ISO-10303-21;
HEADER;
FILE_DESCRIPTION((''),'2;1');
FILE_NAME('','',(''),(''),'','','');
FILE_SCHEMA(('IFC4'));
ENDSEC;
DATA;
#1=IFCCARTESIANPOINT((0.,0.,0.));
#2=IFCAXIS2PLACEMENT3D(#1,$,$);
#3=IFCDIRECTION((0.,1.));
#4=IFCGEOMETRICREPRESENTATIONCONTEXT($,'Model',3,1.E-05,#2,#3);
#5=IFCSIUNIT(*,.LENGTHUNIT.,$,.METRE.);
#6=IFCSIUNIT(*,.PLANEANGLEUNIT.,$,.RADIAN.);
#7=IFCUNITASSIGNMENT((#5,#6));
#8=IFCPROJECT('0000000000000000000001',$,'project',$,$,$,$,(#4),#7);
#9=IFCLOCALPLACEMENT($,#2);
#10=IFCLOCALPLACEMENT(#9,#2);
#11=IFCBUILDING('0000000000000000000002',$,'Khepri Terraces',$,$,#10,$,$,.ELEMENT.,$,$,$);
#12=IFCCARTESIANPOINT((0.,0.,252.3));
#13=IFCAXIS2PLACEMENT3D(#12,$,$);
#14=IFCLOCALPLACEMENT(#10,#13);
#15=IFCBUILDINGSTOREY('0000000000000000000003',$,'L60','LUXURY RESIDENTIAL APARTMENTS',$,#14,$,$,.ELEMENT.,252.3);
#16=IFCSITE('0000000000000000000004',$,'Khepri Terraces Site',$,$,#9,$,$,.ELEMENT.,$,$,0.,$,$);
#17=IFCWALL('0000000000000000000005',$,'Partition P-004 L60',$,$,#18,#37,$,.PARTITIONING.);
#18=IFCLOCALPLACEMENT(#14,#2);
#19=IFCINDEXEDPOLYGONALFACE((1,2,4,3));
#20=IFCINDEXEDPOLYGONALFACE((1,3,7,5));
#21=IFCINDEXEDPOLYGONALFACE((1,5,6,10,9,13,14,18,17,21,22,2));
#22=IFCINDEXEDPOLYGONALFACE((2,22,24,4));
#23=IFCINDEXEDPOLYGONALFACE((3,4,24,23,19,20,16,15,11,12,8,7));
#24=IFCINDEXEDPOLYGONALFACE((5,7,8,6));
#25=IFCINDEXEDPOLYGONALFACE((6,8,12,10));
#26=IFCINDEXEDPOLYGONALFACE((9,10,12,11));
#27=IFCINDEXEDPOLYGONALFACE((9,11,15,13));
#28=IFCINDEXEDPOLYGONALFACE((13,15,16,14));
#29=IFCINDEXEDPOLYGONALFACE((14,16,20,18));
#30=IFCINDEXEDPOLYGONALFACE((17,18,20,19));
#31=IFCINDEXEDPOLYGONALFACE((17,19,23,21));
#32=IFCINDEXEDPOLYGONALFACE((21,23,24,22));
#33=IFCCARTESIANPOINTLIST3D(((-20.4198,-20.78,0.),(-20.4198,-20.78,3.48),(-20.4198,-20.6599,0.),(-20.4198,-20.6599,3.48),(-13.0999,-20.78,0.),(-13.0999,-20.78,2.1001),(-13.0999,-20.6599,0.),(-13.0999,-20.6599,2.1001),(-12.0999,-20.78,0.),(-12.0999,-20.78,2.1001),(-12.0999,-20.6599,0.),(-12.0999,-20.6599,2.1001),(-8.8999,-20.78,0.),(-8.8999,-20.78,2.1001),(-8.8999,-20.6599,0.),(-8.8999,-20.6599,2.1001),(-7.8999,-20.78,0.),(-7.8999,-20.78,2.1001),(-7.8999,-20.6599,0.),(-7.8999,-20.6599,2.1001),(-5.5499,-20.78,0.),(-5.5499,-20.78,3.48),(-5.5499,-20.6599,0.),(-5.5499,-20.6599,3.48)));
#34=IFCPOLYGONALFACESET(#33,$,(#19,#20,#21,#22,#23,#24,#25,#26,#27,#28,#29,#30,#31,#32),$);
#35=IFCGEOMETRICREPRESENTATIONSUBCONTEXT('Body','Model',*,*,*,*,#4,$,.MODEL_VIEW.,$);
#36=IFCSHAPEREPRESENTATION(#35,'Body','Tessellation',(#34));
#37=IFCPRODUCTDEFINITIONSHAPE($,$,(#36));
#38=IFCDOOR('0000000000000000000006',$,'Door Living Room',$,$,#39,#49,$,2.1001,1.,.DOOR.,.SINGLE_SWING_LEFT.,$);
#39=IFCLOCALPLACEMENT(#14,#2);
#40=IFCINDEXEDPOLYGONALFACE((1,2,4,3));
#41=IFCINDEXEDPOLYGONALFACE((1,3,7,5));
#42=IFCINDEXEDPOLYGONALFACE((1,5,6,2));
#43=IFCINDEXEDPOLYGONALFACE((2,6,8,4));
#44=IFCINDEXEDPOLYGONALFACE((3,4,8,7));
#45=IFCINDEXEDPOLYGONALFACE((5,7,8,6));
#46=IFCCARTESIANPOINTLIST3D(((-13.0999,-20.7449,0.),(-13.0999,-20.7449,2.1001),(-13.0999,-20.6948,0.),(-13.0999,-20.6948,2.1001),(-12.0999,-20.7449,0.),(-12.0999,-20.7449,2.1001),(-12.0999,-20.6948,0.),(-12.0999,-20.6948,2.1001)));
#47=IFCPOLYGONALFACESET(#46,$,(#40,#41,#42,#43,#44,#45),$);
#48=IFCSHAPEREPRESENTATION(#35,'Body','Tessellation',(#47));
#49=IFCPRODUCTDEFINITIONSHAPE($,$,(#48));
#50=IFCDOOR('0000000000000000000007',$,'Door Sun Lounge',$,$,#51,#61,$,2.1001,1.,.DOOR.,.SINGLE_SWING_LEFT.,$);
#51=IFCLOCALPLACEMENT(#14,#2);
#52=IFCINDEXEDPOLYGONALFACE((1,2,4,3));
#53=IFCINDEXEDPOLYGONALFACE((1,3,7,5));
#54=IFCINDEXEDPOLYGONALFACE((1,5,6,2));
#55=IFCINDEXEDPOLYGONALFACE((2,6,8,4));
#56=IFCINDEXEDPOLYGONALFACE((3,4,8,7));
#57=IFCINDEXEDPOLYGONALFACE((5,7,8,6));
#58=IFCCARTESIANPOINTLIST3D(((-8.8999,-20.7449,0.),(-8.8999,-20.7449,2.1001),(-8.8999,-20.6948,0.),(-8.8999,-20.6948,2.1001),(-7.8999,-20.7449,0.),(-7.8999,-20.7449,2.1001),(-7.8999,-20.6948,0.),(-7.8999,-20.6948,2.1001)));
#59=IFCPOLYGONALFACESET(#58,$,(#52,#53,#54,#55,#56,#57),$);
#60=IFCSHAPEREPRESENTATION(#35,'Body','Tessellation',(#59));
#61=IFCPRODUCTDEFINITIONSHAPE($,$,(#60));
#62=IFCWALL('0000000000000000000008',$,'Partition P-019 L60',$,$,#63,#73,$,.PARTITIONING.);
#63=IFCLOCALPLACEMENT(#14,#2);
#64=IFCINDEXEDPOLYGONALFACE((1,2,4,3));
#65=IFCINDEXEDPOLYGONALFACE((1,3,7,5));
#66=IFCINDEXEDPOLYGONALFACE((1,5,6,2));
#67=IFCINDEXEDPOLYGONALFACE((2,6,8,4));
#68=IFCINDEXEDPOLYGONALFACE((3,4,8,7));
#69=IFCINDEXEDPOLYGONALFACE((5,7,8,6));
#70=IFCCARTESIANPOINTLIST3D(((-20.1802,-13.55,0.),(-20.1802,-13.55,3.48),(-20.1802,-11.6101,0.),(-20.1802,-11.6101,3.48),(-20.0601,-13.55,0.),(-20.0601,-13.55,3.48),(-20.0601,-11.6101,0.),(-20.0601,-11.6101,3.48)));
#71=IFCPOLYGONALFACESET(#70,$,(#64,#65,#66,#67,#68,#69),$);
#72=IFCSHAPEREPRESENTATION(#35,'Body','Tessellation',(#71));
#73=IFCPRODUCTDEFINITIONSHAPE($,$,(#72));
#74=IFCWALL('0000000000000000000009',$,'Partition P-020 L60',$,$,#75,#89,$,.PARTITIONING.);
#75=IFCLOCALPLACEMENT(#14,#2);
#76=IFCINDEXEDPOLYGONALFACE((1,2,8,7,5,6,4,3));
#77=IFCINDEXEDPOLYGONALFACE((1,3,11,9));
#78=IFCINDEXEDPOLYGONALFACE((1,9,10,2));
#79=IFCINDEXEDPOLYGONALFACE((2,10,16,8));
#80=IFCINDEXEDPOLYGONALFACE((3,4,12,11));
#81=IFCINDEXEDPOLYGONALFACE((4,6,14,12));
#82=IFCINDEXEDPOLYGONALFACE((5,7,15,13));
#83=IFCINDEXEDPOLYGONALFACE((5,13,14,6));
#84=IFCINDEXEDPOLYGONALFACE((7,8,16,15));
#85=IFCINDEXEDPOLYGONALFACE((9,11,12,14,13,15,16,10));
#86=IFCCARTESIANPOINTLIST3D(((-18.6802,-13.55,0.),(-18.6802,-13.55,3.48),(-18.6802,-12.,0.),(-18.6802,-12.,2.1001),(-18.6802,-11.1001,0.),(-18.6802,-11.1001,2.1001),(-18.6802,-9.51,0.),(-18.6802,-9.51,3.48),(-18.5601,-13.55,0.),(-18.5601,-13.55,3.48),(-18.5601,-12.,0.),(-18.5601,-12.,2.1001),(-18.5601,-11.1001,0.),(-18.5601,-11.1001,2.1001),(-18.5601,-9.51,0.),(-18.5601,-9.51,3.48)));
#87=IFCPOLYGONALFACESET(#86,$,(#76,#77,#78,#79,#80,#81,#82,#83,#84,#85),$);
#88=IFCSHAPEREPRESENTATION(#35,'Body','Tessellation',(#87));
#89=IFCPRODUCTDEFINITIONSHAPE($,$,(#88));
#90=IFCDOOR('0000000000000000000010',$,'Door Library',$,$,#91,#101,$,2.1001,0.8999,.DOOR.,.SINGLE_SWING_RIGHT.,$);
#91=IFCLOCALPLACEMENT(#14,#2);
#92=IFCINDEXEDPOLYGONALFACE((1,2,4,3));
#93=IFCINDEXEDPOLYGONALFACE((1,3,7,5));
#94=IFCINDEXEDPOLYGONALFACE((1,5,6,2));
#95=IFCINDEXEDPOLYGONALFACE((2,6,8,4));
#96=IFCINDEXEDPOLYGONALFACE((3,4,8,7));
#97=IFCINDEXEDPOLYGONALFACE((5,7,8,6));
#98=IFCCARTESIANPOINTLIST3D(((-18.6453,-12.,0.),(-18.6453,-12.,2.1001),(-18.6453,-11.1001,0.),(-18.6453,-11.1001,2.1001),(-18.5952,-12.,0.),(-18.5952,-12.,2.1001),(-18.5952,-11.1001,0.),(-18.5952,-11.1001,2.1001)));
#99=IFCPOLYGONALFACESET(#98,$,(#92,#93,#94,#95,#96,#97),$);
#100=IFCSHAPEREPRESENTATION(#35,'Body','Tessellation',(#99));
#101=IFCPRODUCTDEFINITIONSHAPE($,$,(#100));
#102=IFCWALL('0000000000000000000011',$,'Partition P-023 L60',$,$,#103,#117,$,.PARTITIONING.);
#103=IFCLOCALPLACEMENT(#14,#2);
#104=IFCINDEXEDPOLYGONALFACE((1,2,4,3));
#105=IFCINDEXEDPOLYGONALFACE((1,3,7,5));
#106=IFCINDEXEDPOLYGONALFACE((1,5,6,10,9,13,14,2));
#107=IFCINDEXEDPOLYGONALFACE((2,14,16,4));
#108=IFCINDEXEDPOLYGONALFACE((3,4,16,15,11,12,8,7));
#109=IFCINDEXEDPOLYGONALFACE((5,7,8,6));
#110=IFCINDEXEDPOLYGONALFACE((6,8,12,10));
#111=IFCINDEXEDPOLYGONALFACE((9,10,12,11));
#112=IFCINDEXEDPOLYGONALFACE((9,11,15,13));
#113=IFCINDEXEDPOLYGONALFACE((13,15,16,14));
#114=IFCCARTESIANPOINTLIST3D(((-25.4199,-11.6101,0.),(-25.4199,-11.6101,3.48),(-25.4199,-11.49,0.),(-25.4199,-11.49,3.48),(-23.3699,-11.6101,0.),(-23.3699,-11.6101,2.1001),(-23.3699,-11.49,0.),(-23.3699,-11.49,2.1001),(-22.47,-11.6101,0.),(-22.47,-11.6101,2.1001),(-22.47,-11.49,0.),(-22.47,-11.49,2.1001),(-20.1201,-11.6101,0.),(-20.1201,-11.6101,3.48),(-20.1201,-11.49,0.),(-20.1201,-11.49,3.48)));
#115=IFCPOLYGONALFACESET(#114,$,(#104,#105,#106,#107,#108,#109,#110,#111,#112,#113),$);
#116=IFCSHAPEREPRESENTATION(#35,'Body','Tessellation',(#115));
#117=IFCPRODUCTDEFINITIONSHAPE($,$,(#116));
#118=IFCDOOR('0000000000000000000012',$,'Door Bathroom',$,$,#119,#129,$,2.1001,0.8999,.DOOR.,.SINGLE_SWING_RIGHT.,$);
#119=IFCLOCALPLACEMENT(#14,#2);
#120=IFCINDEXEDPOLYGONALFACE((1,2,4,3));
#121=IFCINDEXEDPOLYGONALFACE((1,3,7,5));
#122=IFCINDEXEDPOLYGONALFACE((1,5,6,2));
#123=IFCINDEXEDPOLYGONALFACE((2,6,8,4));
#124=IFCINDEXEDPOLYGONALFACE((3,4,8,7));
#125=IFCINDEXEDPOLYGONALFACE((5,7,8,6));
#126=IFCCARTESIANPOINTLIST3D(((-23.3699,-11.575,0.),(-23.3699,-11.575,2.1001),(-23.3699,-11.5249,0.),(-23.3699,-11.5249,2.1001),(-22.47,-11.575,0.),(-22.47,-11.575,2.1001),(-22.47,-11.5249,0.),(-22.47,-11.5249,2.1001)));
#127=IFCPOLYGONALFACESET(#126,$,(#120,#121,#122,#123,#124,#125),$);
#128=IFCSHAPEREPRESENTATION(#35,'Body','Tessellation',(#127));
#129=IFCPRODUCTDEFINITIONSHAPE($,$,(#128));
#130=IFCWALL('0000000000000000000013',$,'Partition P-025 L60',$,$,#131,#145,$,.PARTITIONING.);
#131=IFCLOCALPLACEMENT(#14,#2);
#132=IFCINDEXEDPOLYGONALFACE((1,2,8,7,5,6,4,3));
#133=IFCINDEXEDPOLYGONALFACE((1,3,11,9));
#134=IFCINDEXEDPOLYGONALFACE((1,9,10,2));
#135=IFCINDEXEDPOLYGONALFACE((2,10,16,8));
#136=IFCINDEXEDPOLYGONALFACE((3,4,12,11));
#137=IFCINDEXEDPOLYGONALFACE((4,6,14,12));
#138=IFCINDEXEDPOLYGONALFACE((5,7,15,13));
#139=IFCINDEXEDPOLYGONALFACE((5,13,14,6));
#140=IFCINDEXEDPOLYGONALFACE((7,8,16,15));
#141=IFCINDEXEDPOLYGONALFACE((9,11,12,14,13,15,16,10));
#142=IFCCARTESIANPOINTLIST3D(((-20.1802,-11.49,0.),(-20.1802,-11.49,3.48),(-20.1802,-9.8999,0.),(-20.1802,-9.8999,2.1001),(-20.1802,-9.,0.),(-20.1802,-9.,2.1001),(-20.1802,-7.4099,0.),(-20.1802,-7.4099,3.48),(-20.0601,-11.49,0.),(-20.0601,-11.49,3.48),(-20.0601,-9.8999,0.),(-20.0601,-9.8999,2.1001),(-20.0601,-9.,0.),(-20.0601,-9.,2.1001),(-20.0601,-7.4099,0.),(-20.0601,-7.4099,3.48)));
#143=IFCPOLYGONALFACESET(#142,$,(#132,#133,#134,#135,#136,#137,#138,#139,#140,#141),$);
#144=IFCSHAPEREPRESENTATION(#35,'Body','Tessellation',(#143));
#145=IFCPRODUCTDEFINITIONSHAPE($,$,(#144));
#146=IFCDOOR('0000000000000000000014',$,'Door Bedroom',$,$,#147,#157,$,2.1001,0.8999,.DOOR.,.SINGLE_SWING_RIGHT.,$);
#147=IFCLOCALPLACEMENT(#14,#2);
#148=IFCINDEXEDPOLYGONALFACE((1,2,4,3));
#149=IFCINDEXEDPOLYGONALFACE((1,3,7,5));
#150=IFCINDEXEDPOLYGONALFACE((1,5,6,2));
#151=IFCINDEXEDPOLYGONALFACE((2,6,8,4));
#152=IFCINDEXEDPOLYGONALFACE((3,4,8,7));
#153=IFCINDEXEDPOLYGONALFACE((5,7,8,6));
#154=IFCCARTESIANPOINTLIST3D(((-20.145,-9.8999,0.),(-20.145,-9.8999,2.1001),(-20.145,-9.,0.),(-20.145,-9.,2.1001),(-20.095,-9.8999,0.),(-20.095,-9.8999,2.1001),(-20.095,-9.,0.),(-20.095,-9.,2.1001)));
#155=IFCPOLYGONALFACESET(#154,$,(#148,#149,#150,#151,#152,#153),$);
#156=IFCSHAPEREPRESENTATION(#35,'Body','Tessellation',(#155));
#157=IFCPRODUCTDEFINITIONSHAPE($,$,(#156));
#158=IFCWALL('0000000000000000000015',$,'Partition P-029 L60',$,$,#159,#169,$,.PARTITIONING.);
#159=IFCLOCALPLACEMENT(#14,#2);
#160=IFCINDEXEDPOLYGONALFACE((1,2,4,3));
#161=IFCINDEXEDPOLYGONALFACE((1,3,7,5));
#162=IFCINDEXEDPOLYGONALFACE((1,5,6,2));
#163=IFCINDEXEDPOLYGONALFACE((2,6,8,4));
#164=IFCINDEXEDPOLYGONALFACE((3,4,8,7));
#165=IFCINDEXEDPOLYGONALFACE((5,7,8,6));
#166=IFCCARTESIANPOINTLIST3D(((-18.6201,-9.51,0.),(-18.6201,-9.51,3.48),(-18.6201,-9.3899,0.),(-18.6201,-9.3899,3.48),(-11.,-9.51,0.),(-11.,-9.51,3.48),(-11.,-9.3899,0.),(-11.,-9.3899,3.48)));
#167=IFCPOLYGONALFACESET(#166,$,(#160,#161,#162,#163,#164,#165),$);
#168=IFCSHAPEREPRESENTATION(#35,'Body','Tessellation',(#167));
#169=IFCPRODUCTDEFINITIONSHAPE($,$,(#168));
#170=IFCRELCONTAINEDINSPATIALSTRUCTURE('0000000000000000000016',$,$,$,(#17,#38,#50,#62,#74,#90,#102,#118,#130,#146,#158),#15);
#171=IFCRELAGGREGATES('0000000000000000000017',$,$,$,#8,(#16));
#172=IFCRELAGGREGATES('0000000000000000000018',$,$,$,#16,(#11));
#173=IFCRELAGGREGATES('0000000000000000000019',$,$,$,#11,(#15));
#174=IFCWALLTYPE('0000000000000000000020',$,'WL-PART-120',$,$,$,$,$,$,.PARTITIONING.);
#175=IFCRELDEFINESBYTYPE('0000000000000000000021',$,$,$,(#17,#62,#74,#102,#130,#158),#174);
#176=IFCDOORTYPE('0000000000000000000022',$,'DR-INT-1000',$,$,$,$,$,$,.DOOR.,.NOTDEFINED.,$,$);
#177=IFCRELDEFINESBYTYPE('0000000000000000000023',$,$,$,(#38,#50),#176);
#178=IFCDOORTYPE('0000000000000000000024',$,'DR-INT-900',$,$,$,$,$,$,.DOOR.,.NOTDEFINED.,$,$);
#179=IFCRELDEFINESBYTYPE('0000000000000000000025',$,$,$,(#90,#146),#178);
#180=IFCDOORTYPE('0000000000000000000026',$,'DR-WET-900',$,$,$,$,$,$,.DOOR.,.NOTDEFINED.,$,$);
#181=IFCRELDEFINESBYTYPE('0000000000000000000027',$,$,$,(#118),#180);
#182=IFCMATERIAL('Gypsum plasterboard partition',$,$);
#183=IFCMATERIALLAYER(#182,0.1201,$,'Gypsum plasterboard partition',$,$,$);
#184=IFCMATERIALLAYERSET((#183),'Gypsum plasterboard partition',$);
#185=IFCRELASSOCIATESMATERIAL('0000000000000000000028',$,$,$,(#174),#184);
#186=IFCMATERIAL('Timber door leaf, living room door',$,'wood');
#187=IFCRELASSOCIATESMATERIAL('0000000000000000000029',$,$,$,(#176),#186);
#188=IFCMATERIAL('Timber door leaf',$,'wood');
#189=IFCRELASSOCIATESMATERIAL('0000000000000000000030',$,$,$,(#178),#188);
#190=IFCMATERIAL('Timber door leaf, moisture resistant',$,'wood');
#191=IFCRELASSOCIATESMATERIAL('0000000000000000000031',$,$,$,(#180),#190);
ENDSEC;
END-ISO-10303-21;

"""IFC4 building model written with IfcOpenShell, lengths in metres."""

from ifc_helpers import new_model, si_unit, direction, frame, frame_2d, origin, place, context, subcontext, project, spatial, rectangle, extrude, material, layer, layer_set, type_object, element, fill, save


model = new_model("IFC4")

# Units and contexts
model_context = context("Model", 3, precision=1e-05, world=origin(), true_north=direction((0.0, 1.0)))
body_context = subcontext(model_context, "Body", "Model", "MODEL_VIEW")
ifc_project = project(units=[si_unit("LENGTHUNIT", "METRE"), si_unit("PLANEANGLEUNIT", "RADIAN")], contexts=[model_context])

# Site, building, storey
site_placement = place(None, origin())
site = spatial("IfcSite", under=ifc_project, at=site_placement, Name="Khepri Terraces Site", CompositionType="ELEMENT", RefElevation=0.0)
building_placement = place(site_placement, origin())
building = spatial("IfcBuilding", under=site, at=building_placement, Name="Khepri Terraces", CompositionType="ELEMENT")
storey_placement = place(building_placement, frame((0.0, 0.0, 252.3)))
storey = spatial("IfcBuildingStorey", under=building, at=storey_placement, Name="L60", Description="LUXURY RESIDENTIAL APARTMENTS", CompositionType="ELEMENT", Elevation=252.3)

# Wall, openings, doors
ifc_material_1 = material(Name="Gypsum plasterboard partition")
ifc_layer_1 = layer(ifc_material_1, 0.1201, Name="Gypsum plasterboard partition")
ifc_layer_set_1 = layer_set([ifc_layer_1], Name="Gypsum plasterboard partition")
wall_type_1 = type_object("IfcWallType", Name="WL-PART-120", PredefinedType="PARTITIONING", material=ifc_layer_set_1)
wall_1_placement = place(storey_placement, frame((-20.4199, -20.72, 0.0), z_axis=(0.0, 0.0, 1.0), x_axis=(1.0, 0.0, 0.0)))
wall_1 = element("IfcWall", 1, at=wall_1_placement, inside=storey, type_object=wall_type_1, Name="Partition P-004 L60", PredefinedType="PARTITIONING", context=body_context, shape_type="SweptSolid", body=[
    extrude(rectangle(XDim=14.8699, YDim=0.1201, at=frame_2d((7.4351, 0.0))), origin(), (0.0, 0.0, 1.0), 3.48),
])
opening_1_placement = place(wall_1_placement, frame((7.3201, 0.0, 0.0)))
opening_1 = element("IfcOpeningElement", 2, at=opening_1_placement, cuts=wall_1, PredefinedType="OPENING", context=body_context, shape_type="SweptSolid", body=[
    extrude(rectangle(XDim=1.0, YDim=2.1001, at=frame_2d((0.5, 1.05))), frame((0.0, 0.0701, 0.0), z_axis=(0.0, -1.0, 0.0), x_axis=(1.0, 0.0, 0.0)), (0.0, 0.0, 1.0), 0.1401),
])
opening_2_placement = place(wall_1_placement, frame((11.52, 0.0, 0.0)))
opening_2 = element("IfcOpeningElement", 3, at=opening_2_placement, cuts=wall_1, PredefinedType="OPENING", context=body_context, shape_type="SweptSolid", body=[
    extrude(rectangle(XDim=1.0, YDim=2.1001, at=frame_2d((0.5, 1.05))), frame((0.0, 0.0701, 0.0), z_axis=(0.0, -1.0, 0.0), x_axis=(1.0, 0.0, 0.0)), (0.0, 0.0, 1.0), 0.1401),
])
ifc_material_2 = material(Name="Timber door leaf, living room door", Category="wood")
door_type_1 = type_object("IfcDoorType", Name="DR-INT-1000", OperationType="NOTDEFINED", PredefinedType="DOOR", material=ifc_material_2)
door_1_placement = place(opening_1_placement, frame((1.0, 0.0, 0.0), z_axis=(0.0, 0.0, 1.0), x_axis=(-1.0, 0.0, 0.0)))
door_1 = element("IfcDoor", 4, at=door_1_placement, inside=storey, type_object=door_type_1, Name="Door Living Room", OperationType="SINGLE_SWING_LEFT", OverallHeight=2.1001, OverallWidth=1.0, PredefinedType="DOOR", context=body_context, shape_type="SweptSolid", body=[
    extrude(rectangle(XDim=1.0, YDim=2.1001, at=frame_2d((0.5, 1.05))), frame((0.0, 0.0249, 0.0), z_axis=(0.0, -1.0, 0.0), x_axis=(1.0, 0.0, 0.0)), (0.0, 0.0, 1.0), 0.05),
])
fill(opening_1, door_1)
door_2_placement = place(opening_2_placement, frame((1.0, 0.0, 0.0), z_axis=(0.0, 0.0, 1.0), x_axis=(-1.0, 0.0, 0.0)))
door_2 = element("IfcDoor", 5, at=door_2_placement, inside=storey, type_object=door_type_1, Name="Door Sun Lounge", OperationType="SINGLE_SWING_LEFT", OverallHeight=2.1001, OverallWidth=1.0, PredefinedType="DOOR", context=body_context, shape_type="SweptSolid", body=[
    extrude(rectangle(XDim=1.0, YDim=2.1001, at=frame_2d((0.5, 1.05))), frame((0.0, 0.0249, 0.0), z_axis=(0.0, -1.0, 0.0), x_axis=(1.0, 0.0, 0.0)), (0.0, 0.0, 1.0), 0.05),
])
fill(opening_2, door_2)

# Wall
wall_2_placement = place(storey_placement, frame((-20.1201, -13.55, 0.0), z_axis=(0.0, 0.0, 1.0), x_axis=(0.0, 1.0, 0.0)))
element("IfcWall", 6, at=wall_2_placement, inside=storey, type_object=wall_type_1, Name="Partition P-019 L60", PredefinedType="PARTITIONING", context=body_context, shape_type="SweptSolid", body=[
    extrude(rectangle(XDim=1.9399, YDim=0.1201, at=frame_2d((0.97, 0.0))), origin(), (0.0, 0.0, 1.0), 3.48),
])

# Walls, openings, doors
wall_3_placement = place(storey_placement, frame((-18.6201, -13.55, 0.0), z_axis=(0.0, 0.0, 1.0), x_axis=(0.0, 1.0, 0.0)))
wall_3 = element("IfcWall", 7, at=wall_3_placement, inside=storey, type_object=wall_type_1, Name="Partition P-020 L60", PredefinedType="PARTITIONING", context=body_context, shape_type="SweptSolid", body=[
    extrude(rectangle(XDim=4.04, YDim=0.1201, at=frame_2d((2.02, 0.0))), origin(), (0.0, 0.0, 1.0), 3.48),
])
opening_3_placement = place(wall_3_placement, frame((1.55, 0.0, 0.0)))
opening_3 = element("IfcOpeningElement", 8, at=opening_3_placement, cuts=wall_3, PredefinedType="OPENING", context=body_context, shape_type="SweptSolid", body=[
    extrude(rectangle(XDim=0.8999, YDim=2.1001, at=frame_2d((0.45, 1.05))), frame((0.0, 0.0701, 0.0), z_axis=(0.0, -1.0, 0.0), x_axis=(1.0, 0.0, 0.0)), (0.0, 0.0, 1.0), 0.1401),
])
ifc_material_3 = material(Name="Timber door leaf", Category="wood")
door_type_2 = type_object("IfcDoorType", Name="DR-INT-900", OperationType="NOTDEFINED", PredefinedType="DOOR", material=ifc_material_3)
door_3_placement = place(opening_3_placement, frame((0.8999, 0.0, 0.0), z_axis=(0.0, 0.0, 1.0), x_axis=(-1.0, 0.0, 0.0)))
door_3 = element("IfcDoor", 9, at=door_3_placement, inside=storey, type_object=door_type_2, Name="Door Library", OperationType="SINGLE_SWING_RIGHT", OverallHeight=2.1001, OverallWidth=0.8999, PredefinedType="DOOR", context=body_context, shape_type="SweptSolid", body=[
    extrude(rectangle(XDim=0.8999, YDim=2.1001, at=frame_2d((0.45, 1.05))), frame((0.0, 0.0249, 0.0), z_axis=(0.0, -1.0, 0.0), x_axis=(1.0, 0.0, 0.0)), (0.0, 0.0, 1.0), 0.05),
])
fill(opening_3, door_3)
wall_4_placement = place(storey_placement, frame((-25.4199, -11.55, 0.0), z_axis=(0.0, 0.0, 1.0), x_axis=(1.0, 0.0, 0.0)))
wall_4 = element("IfcWall", 10, at=wall_4_placement, inside=storey, type_object=wall_type_1, Name="Partition P-023 L60", PredefinedType="PARTITIONING", context=body_context, shape_type="SweptSolid", body=[
    extrude(rectangle(XDim=5.2998, YDim=0.1201, at=frame_2d((2.6499, 0.0))), origin(), (0.0, 0.0, 1.0), 3.48),
])
opening_4_placement = place(wall_4_placement, frame((2.05, 0.0, 0.0)))
opening_4 = element("IfcOpeningElement", 11, at=opening_4_placement, cuts=wall_4, PredefinedType="OPENING", context=body_context, shape_type="SweptSolid", body=[
    extrude(rectangle(XDim=0.8999, YDim=2.1001, at=frame_2d((0.45, 1.05))), frame((0.0, 0.0701, 0.0), z_axis=(0.0, -1.0, 0.0), x_axis=(1.0, 0.0, 0.0)), (0.0, 0.0, 1.0), 0.1401),
])
ifc_material_4 = material(Name="Timber door leaf, moisture resistant", Category="wood")
door_type_3 = type_object("IfcDoorType", Name="DR-WET-900", OperationType="NOTDEFINED", PredefinedType="DOOR", material=ifc_material_4)
door_4_placement = place(opening_4_placement, frame((0.8999, 0.0, 0.0), z_axis=(0.0, 0.0, 1.0), x_axis=(-1.0, 0.0, 0.0)))
door_4 = element("IfcDoor", 12, at=door_4_placement, inside=storey, type_object=door_type_3, Name="Door Bathroom", OperationType="SINGLE_SWING_RIGHT", OverallHeight=2.1001, OverallWidth=0.8999, PredefinedType="DOOR", context=body_context, shape_type="SweptSolid", body=[
    extrude(rectangle(XDim=0.8999, YDim=2.1001, at=frame_2d((0.45, 1.05))), frame((0.0, 0.0249, 0.0), z_axis=(0.0, -1.0, 0.0), x_axis=(1.0, 0.0, 0.0)), (0.0, 0.0, 1.0), 0.05),
])
fill(opening_4, door_4)
wall_5_placement = place(storey_placement, frame((-20.1201, -11.49, 0.0), z_axis=(0.0, 0.0, 1.0), x_axis=(0.0, 1.0, 0.0)))
wall_5 = element("IfcWall", 13, at=wall_5_placement, inside=storey, type_object=wall_type_1, Name="Partition P-025 L60", PredefinedType="PARTITIONING", context=body_context, shape_type="SweptSolid", body=[
    extrude(rectangle(XDim=4.0801, YDim=0.1201, at=frame_2d((2.04, 0.0))), origin(), (0.0, 0.0, 1.0), 3.48),
])
opening_5_placement = place(wall_5_placement, frame((1.5901, 0.0, 0.0)))
opening_5 = element("IfcOpeningElement", 14, at=opening_5_placement, cuts=wall_5, PredefinedType="OPENING", context=body_context, shape_type="SweptSolid", body=[
    extrude(rectangle(XDim=0.8999, YDim=2.1001, at=frame_2d((0.45, 1.05))), frame((0.0, 0.0701, 0.0), z_axis=(0.0, -1.0, 0.0), x_axis=(1.0, 0.0, 0.0)), (0.0, 0.0, 1.0), 0.1401),
])
door_5_placement = place(opening_5_placement, origin())
door_5 = element("IfcDoor", 15, at=door_5_placement, inside=storey, type_object=door_type_2, Name="Door Bedroom", OperationType="SINGLE_SWING_RIGHT", OverallHeight=2.1001, OverallWidth=0.8999, PredefinedType="DOOR", context=body_context, shape_type="SweptSolid", body=[
    extrude(rectangle(XDim=0.8999, YDim=2.1001, at=frame_2d((0.45, 1.05))), frame((0.0, 0.0249, 0.0), z_axis=(0.0, -1.0, 0.0), x_axis=(1.0, 0.0, 0.0)), (0.0, 0.0, 1.0), 0.05),
])
fill(opening_5, door_5)

# Wall
wall_6_placement = place(storey_placement, frame((-18.6201, -9.45, 0.0), z_axis=(0.0, 0.0, 1.0), x_axis=(1.0, 0.0, 0.0)))
element("IfcWall", 16, at=wall_6_placement, inside=storey, type_object=wall_type_1, Name="Partition P-029 L60", PredefinedType="PARTITIONING", context=body_context, shape_type="SweptSolid", body=[
    extrude(rectangle(XDim=7.6201, YDim=0.1201, at=frame_2d((3.8101, 0.0))), origin(), (0.0, 0.0, 1.0), 3.48),
])

save(model, "model.ifc")
